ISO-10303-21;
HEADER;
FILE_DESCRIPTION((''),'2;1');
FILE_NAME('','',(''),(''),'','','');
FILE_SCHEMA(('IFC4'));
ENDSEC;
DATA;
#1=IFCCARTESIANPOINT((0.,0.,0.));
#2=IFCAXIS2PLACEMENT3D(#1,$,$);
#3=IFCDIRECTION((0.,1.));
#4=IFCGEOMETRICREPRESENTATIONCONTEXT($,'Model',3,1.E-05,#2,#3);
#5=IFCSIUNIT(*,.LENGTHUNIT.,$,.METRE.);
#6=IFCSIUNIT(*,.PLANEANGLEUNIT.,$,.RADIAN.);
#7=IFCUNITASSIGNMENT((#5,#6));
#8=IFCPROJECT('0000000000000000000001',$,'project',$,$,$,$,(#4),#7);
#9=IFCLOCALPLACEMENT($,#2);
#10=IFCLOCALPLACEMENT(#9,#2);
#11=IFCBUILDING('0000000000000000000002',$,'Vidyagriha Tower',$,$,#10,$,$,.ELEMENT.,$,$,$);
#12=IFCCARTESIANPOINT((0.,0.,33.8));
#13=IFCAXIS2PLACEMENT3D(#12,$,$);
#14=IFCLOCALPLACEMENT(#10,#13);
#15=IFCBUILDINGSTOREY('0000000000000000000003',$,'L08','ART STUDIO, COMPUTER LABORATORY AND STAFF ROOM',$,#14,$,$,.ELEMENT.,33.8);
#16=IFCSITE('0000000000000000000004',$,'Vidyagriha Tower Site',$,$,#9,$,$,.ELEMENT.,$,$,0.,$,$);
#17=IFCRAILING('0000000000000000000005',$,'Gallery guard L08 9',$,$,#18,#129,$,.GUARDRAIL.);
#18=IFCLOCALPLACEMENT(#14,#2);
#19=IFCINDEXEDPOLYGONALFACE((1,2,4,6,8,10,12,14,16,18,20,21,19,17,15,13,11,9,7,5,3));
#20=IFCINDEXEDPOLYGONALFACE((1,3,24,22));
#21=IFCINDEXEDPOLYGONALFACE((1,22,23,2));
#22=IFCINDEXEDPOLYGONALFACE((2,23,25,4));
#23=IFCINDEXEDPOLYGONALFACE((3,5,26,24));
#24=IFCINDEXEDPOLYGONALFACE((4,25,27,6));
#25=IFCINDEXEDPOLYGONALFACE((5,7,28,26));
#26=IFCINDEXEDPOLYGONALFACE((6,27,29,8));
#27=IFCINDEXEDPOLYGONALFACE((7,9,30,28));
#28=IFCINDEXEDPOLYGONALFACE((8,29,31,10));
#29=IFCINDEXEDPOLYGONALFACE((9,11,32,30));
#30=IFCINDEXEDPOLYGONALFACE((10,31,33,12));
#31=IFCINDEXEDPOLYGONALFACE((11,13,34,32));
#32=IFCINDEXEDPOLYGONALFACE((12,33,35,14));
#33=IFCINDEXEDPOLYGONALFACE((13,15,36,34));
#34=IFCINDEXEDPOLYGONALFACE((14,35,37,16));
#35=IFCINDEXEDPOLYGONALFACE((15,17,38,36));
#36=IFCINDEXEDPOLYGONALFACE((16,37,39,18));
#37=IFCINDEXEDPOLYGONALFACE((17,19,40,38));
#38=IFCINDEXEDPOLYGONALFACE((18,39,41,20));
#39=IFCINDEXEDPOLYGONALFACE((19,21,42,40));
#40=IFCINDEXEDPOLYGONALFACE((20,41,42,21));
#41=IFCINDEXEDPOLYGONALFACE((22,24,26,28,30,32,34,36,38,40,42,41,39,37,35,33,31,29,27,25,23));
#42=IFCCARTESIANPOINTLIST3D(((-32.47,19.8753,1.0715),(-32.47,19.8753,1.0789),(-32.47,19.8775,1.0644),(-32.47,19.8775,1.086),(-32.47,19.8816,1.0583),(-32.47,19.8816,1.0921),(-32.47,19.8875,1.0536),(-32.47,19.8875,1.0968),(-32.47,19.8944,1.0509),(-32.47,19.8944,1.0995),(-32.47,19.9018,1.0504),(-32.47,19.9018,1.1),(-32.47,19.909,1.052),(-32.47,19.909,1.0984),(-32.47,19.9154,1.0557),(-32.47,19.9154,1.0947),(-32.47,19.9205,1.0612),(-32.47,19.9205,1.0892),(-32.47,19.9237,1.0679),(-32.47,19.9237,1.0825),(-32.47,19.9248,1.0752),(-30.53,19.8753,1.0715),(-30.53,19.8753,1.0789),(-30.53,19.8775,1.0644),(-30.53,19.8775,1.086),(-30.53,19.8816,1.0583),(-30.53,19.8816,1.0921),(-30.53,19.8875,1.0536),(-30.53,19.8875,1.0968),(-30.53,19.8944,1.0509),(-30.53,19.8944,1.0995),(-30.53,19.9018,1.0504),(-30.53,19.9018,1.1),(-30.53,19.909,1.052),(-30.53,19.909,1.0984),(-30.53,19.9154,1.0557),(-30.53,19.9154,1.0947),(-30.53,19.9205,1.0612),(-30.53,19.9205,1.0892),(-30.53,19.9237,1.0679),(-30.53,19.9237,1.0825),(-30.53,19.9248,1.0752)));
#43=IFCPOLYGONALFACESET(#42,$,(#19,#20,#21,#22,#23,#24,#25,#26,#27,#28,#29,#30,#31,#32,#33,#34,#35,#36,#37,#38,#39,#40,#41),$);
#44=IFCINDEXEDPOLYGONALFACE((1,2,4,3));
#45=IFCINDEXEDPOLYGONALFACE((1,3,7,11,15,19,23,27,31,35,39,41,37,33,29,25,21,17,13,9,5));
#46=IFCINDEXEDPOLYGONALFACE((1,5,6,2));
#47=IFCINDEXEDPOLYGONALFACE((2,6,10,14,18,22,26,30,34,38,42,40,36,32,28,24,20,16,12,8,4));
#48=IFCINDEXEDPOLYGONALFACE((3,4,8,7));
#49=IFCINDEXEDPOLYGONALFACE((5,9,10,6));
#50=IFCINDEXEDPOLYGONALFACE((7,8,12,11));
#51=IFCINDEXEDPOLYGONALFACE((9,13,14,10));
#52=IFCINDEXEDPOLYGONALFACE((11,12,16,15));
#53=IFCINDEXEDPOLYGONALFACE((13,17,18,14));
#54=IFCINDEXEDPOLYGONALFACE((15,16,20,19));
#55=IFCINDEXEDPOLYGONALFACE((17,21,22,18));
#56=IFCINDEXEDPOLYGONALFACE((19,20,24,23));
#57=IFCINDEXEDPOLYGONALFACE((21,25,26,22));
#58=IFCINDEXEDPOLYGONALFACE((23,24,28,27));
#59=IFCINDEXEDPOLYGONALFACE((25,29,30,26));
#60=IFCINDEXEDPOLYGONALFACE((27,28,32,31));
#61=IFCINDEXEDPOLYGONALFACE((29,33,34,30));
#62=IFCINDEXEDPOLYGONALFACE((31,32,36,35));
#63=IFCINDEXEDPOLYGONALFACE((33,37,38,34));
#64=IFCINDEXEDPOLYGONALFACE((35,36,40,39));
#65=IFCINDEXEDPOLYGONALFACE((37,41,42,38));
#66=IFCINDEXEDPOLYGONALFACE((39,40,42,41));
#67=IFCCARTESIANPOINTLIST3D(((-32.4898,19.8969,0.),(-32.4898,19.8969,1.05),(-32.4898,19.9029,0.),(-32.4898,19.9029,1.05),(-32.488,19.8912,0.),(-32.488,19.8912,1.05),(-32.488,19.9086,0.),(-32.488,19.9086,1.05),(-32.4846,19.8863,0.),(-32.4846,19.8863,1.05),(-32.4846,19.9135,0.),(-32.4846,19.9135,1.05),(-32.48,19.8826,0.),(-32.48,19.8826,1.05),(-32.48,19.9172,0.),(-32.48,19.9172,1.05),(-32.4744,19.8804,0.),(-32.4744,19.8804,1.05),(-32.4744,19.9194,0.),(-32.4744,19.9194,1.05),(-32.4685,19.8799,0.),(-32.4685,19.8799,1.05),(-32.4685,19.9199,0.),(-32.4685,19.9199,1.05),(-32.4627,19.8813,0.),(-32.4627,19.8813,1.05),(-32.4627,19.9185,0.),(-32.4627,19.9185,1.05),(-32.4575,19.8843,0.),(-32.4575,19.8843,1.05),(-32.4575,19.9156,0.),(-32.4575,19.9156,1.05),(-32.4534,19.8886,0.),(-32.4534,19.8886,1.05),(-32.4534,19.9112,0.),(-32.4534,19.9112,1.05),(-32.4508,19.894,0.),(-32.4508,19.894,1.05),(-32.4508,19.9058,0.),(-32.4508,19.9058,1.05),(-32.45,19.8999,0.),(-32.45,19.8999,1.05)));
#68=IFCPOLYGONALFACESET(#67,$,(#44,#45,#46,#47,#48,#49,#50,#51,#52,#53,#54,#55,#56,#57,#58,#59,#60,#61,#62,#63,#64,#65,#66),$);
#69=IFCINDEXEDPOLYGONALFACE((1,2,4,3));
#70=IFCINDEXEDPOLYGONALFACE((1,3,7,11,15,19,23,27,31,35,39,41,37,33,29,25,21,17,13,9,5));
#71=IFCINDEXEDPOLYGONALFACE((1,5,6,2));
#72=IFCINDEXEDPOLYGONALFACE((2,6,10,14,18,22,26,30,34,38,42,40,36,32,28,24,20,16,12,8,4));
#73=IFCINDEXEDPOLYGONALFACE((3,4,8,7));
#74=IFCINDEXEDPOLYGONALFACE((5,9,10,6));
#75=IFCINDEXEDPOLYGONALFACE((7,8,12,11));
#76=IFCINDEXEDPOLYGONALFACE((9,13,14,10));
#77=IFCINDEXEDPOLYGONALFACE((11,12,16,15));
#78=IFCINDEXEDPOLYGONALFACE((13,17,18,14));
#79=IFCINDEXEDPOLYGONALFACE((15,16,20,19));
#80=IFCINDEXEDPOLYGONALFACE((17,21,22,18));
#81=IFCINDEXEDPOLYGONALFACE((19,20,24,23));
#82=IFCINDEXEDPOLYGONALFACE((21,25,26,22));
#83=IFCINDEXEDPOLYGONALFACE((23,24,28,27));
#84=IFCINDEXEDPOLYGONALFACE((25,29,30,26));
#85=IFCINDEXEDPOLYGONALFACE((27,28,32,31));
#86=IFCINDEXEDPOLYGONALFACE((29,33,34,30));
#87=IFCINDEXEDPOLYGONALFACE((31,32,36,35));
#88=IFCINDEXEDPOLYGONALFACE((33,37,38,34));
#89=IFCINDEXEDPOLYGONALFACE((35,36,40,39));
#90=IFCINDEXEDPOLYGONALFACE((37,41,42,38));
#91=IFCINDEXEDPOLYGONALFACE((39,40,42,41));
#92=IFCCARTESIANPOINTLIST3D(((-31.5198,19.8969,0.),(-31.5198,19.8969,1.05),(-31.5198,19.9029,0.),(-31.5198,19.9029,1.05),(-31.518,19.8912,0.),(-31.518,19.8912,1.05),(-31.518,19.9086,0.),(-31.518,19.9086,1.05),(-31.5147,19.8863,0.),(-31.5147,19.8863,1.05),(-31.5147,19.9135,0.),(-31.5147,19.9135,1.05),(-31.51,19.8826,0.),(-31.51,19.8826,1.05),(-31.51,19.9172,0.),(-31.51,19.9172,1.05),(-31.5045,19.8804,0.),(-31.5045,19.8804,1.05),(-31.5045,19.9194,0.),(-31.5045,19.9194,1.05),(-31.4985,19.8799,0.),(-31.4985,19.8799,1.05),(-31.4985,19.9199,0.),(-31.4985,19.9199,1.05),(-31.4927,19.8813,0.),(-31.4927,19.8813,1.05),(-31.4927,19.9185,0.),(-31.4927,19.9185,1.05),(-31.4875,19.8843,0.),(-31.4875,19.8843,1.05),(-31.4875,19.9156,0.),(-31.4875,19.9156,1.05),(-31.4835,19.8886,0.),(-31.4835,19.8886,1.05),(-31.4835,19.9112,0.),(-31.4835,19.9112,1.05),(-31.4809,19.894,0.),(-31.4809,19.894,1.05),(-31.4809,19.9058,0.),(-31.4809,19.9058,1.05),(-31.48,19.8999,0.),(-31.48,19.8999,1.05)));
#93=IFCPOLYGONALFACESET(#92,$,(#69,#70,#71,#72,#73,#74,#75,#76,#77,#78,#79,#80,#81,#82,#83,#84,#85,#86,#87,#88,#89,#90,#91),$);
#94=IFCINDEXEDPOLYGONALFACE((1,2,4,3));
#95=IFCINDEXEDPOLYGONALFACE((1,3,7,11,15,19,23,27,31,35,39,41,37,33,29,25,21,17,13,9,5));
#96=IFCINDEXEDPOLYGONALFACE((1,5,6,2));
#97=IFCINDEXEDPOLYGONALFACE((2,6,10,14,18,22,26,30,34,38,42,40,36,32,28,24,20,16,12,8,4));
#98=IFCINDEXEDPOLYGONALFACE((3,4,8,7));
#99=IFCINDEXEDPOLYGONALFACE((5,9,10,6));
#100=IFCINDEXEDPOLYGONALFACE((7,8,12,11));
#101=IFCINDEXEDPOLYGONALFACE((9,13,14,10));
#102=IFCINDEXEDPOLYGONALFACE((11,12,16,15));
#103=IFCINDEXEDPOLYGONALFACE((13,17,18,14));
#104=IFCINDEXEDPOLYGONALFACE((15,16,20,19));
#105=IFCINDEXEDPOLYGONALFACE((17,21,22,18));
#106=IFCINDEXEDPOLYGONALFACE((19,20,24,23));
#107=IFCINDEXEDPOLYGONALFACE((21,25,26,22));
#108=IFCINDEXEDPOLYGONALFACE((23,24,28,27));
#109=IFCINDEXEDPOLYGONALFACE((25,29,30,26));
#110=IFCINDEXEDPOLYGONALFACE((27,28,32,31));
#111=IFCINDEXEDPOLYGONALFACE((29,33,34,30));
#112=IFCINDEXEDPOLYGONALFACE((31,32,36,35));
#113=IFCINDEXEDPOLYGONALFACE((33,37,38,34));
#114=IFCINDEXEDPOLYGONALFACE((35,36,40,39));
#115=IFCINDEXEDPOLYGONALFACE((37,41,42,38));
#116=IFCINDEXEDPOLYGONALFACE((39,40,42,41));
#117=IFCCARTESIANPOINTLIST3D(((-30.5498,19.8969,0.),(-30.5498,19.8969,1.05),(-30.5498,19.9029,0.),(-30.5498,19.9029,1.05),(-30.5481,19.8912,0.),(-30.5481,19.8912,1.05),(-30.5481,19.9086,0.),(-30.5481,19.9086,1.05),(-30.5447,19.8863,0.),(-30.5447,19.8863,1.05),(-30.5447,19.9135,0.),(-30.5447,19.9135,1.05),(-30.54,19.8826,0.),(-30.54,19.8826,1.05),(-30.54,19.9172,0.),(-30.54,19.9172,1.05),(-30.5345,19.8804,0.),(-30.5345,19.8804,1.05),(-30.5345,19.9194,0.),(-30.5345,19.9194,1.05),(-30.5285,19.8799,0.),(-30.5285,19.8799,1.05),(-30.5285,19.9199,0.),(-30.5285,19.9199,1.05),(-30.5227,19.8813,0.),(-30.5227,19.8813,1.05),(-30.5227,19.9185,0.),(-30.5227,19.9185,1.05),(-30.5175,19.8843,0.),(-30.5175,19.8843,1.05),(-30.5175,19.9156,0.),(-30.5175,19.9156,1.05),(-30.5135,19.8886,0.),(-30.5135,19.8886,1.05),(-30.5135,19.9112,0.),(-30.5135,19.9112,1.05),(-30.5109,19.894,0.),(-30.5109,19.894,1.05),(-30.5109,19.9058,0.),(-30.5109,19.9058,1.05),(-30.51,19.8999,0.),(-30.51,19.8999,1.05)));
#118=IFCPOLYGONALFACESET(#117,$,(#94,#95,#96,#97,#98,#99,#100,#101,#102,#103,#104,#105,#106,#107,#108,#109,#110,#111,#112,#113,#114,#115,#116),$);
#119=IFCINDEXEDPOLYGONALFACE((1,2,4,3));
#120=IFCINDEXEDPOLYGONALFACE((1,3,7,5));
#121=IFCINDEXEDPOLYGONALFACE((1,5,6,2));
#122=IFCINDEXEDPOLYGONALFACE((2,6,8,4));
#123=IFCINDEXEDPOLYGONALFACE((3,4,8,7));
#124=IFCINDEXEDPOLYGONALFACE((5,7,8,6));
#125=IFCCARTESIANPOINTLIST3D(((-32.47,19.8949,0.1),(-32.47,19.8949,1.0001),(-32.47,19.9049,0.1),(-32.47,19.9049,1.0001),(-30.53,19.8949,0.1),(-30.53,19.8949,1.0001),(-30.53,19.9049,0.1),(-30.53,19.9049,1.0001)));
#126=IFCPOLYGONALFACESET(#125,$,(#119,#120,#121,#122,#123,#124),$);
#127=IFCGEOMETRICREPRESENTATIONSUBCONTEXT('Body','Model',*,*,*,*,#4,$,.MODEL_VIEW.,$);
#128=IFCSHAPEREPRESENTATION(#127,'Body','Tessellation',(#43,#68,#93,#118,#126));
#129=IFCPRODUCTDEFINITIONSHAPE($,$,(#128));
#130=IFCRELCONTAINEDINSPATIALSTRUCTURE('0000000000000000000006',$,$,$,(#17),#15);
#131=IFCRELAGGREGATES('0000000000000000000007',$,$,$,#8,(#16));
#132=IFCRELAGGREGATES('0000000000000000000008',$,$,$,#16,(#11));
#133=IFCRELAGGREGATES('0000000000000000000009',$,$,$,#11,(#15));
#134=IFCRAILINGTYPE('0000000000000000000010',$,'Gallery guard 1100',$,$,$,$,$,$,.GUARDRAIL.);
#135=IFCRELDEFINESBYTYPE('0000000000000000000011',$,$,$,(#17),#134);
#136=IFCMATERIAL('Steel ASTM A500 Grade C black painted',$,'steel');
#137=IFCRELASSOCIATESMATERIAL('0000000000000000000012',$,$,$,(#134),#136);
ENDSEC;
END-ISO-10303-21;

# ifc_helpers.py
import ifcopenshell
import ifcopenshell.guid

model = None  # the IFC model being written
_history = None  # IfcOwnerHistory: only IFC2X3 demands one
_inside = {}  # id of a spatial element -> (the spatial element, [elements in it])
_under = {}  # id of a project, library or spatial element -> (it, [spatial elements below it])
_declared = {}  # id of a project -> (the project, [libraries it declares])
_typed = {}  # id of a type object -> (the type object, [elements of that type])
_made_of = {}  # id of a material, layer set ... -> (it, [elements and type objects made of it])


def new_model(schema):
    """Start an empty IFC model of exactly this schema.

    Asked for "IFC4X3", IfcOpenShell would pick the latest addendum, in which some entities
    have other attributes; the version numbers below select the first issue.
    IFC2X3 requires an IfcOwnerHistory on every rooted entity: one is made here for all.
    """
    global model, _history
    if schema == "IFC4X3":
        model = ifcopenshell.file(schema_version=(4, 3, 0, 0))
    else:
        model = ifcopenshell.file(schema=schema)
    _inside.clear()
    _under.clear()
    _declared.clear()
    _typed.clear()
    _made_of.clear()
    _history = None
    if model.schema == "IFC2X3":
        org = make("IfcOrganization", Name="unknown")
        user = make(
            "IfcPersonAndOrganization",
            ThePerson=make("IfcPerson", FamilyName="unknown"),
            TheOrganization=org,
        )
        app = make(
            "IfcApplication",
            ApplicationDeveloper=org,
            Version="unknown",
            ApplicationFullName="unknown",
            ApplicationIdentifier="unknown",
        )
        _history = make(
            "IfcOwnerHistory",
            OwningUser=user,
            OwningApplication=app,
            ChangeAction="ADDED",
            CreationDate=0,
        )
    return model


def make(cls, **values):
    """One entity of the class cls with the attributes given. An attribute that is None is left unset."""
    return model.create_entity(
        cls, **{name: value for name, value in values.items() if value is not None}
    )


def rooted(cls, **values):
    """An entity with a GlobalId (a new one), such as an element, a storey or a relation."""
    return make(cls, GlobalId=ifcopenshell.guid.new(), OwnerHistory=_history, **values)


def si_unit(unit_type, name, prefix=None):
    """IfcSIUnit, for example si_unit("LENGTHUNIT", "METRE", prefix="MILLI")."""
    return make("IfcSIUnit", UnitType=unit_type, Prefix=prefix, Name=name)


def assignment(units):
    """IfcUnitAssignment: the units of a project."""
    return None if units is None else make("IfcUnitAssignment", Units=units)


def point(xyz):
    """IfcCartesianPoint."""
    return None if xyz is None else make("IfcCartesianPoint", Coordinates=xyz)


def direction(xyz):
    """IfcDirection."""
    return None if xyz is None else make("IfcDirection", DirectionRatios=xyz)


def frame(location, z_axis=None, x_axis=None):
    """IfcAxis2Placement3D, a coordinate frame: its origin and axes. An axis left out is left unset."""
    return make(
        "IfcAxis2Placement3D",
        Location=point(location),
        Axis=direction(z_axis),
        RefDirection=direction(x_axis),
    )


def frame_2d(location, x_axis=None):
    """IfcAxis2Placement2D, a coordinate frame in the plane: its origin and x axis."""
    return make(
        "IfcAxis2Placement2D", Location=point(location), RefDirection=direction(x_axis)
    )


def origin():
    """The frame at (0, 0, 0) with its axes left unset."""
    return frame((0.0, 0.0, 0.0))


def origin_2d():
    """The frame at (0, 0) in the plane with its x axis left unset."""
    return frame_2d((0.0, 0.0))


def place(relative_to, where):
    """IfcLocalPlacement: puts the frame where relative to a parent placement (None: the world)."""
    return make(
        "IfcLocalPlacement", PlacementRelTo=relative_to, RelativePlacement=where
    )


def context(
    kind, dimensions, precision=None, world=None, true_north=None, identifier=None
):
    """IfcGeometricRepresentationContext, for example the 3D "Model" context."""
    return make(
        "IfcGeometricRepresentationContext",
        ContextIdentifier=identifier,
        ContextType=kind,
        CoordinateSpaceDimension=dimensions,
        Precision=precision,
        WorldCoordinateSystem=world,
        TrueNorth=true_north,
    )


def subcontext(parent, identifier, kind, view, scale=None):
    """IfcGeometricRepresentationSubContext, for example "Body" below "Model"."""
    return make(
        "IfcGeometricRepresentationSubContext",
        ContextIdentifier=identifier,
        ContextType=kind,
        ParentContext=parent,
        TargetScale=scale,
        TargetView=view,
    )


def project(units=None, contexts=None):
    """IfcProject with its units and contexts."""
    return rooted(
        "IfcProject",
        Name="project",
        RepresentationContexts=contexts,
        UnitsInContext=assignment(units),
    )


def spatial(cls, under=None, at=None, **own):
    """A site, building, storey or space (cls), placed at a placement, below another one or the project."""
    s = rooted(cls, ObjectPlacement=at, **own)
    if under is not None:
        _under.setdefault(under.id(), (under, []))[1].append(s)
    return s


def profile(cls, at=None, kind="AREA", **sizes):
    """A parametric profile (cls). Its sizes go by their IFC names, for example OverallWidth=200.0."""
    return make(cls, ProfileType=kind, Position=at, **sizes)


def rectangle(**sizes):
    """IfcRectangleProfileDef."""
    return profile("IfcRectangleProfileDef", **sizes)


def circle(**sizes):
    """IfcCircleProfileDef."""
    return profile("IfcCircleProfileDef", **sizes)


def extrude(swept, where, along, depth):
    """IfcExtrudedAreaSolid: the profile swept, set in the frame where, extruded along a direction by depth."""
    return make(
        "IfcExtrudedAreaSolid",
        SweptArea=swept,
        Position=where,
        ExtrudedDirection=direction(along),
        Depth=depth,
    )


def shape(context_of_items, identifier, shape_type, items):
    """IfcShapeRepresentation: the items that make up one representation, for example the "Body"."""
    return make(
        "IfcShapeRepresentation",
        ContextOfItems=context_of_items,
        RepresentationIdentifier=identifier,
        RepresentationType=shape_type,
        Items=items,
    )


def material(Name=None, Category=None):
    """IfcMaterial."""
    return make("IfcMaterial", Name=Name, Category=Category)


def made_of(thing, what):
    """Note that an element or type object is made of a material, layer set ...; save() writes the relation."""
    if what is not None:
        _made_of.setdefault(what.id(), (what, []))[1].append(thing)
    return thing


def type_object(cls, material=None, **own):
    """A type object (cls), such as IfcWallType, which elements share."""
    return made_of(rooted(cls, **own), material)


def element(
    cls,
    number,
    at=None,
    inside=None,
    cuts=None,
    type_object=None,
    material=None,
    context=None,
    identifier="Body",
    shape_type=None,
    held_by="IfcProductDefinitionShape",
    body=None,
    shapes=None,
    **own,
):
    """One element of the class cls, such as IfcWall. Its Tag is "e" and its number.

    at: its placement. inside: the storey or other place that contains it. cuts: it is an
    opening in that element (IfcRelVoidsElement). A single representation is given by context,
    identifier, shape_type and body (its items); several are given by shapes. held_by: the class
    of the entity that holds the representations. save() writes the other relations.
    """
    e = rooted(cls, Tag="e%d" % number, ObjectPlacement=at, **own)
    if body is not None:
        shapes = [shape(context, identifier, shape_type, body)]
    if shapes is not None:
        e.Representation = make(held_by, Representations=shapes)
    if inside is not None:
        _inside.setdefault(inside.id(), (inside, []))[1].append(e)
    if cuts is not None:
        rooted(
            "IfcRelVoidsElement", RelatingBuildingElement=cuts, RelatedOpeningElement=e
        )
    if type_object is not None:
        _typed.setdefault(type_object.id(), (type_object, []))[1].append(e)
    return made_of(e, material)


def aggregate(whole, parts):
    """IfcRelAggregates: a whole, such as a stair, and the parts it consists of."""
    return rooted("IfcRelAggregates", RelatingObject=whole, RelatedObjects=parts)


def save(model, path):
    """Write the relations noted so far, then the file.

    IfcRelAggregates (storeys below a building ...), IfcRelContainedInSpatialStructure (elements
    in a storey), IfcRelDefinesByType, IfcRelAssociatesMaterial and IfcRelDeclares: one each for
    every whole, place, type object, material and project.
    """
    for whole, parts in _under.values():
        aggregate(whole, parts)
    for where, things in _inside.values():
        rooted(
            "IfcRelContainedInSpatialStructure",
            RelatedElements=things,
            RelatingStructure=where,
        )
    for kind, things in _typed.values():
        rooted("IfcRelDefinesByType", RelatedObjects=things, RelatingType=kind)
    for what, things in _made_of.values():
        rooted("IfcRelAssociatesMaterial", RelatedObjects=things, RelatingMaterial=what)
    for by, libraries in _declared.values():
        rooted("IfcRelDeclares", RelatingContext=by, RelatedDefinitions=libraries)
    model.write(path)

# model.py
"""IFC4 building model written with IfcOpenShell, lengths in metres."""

from ifc_helpers import new_model, si_unit, direction, frame, origin, origin_2d, place, context, subcontext, project, spatial, rectangle, circle, extrude, material, type_object, element, save


model = new_model("IFC4")

# Units and contexts
model_context = context("Model", 3, precision=1e-05, world=origin(), true_north=direction((0.0, 1.0)))
body_context = subcontext(model_context, "Body", "Model", "MODEL_VIEW")
ifc_project = project(units=[si_unit("LENGTHUNIT", "METRE"), si_unit("PLANEANGLEUNIT", "RADIAN")], contexts=[model_context])

# Site, building, storey
site_placement = place(None, origin())
site = spatial("IfcSite", under=ifc_project, at=site_placement, Name="Vidyagriha Tower Site", CompositionType="ELEMENT", RefElevation=0.0)
building_placement = place(site_placement, origin())
building = spatial("IfcBuilding", under=site, at=building_placement, Name="Vidyagriha Tower", CompositionType="ELEMENT")
storey_placement = place(building_placement, frame((0.0, 0.0, 33.8)))
storey = spatial("IfcBuildingStorey", under=building, at=storey_placement, Name="L08", Description="ART STUDIO, COMPUTER LABORATORY AND STAFF ROOM", CompositionType="ELEMENT", Elevation=33.8)

# Railing
ifc_material_1 = material(Name="Steel ASTM A500 Grade C black painted", Category="steel")
railing_type = type_object("IfcRailingType", Name="Gallery guard 1100", PredefinedType="GUARDRAIL", material=ifc_material_1)
railing_1_placement = place(storey_placement, frame((-32.47, 19.8999, 0.0)))
element("IfcRailing", 1, at=railing_1_placement, inside=storey, type_object=railing_type, Name="Gallery guard L08 9", PredefinedType="GUARDRAIL", context=body_context, shape_type="SweptSolid", body=[
    extrude(circle(Radius=0.0249, at=origin_2d()), frame((0.0, 0.0, 1.0752), z_axis=(1.0, 0.0, 0.0), x_axis=(0.0, 1.0, 0.0)), (0.0, 0.0, 1.0), 1.9399),
    extrude(circle(Radius=0.02, at=origin_2d()), origin(), (0.0, 0.0, 1.0), 1.05),
    extrude(circle(Radius=0.02, at=origin_2d()), frame((0.97, 0.0, 0.0)), (0.0, 0.0, 1.0), 1.05),
    extrude(circle(Radius=0.02, at=origin_2d()), frame((1.9399, 0.0, 0.0)), (0.0, 0.0, 1.0), 1.05),
    extrude(rectangle(XDim=0.01, YDim=0.9001, at=origin_2d()), frame((0.0, 0.0, 0.55), z_axis=(1.0, 0.0, 0.0), x_axis=(0.0, 1.0, 0.0)), (0.0, 0.0, 1.0), 1.9399),
])

save(model, "model.ifc")
